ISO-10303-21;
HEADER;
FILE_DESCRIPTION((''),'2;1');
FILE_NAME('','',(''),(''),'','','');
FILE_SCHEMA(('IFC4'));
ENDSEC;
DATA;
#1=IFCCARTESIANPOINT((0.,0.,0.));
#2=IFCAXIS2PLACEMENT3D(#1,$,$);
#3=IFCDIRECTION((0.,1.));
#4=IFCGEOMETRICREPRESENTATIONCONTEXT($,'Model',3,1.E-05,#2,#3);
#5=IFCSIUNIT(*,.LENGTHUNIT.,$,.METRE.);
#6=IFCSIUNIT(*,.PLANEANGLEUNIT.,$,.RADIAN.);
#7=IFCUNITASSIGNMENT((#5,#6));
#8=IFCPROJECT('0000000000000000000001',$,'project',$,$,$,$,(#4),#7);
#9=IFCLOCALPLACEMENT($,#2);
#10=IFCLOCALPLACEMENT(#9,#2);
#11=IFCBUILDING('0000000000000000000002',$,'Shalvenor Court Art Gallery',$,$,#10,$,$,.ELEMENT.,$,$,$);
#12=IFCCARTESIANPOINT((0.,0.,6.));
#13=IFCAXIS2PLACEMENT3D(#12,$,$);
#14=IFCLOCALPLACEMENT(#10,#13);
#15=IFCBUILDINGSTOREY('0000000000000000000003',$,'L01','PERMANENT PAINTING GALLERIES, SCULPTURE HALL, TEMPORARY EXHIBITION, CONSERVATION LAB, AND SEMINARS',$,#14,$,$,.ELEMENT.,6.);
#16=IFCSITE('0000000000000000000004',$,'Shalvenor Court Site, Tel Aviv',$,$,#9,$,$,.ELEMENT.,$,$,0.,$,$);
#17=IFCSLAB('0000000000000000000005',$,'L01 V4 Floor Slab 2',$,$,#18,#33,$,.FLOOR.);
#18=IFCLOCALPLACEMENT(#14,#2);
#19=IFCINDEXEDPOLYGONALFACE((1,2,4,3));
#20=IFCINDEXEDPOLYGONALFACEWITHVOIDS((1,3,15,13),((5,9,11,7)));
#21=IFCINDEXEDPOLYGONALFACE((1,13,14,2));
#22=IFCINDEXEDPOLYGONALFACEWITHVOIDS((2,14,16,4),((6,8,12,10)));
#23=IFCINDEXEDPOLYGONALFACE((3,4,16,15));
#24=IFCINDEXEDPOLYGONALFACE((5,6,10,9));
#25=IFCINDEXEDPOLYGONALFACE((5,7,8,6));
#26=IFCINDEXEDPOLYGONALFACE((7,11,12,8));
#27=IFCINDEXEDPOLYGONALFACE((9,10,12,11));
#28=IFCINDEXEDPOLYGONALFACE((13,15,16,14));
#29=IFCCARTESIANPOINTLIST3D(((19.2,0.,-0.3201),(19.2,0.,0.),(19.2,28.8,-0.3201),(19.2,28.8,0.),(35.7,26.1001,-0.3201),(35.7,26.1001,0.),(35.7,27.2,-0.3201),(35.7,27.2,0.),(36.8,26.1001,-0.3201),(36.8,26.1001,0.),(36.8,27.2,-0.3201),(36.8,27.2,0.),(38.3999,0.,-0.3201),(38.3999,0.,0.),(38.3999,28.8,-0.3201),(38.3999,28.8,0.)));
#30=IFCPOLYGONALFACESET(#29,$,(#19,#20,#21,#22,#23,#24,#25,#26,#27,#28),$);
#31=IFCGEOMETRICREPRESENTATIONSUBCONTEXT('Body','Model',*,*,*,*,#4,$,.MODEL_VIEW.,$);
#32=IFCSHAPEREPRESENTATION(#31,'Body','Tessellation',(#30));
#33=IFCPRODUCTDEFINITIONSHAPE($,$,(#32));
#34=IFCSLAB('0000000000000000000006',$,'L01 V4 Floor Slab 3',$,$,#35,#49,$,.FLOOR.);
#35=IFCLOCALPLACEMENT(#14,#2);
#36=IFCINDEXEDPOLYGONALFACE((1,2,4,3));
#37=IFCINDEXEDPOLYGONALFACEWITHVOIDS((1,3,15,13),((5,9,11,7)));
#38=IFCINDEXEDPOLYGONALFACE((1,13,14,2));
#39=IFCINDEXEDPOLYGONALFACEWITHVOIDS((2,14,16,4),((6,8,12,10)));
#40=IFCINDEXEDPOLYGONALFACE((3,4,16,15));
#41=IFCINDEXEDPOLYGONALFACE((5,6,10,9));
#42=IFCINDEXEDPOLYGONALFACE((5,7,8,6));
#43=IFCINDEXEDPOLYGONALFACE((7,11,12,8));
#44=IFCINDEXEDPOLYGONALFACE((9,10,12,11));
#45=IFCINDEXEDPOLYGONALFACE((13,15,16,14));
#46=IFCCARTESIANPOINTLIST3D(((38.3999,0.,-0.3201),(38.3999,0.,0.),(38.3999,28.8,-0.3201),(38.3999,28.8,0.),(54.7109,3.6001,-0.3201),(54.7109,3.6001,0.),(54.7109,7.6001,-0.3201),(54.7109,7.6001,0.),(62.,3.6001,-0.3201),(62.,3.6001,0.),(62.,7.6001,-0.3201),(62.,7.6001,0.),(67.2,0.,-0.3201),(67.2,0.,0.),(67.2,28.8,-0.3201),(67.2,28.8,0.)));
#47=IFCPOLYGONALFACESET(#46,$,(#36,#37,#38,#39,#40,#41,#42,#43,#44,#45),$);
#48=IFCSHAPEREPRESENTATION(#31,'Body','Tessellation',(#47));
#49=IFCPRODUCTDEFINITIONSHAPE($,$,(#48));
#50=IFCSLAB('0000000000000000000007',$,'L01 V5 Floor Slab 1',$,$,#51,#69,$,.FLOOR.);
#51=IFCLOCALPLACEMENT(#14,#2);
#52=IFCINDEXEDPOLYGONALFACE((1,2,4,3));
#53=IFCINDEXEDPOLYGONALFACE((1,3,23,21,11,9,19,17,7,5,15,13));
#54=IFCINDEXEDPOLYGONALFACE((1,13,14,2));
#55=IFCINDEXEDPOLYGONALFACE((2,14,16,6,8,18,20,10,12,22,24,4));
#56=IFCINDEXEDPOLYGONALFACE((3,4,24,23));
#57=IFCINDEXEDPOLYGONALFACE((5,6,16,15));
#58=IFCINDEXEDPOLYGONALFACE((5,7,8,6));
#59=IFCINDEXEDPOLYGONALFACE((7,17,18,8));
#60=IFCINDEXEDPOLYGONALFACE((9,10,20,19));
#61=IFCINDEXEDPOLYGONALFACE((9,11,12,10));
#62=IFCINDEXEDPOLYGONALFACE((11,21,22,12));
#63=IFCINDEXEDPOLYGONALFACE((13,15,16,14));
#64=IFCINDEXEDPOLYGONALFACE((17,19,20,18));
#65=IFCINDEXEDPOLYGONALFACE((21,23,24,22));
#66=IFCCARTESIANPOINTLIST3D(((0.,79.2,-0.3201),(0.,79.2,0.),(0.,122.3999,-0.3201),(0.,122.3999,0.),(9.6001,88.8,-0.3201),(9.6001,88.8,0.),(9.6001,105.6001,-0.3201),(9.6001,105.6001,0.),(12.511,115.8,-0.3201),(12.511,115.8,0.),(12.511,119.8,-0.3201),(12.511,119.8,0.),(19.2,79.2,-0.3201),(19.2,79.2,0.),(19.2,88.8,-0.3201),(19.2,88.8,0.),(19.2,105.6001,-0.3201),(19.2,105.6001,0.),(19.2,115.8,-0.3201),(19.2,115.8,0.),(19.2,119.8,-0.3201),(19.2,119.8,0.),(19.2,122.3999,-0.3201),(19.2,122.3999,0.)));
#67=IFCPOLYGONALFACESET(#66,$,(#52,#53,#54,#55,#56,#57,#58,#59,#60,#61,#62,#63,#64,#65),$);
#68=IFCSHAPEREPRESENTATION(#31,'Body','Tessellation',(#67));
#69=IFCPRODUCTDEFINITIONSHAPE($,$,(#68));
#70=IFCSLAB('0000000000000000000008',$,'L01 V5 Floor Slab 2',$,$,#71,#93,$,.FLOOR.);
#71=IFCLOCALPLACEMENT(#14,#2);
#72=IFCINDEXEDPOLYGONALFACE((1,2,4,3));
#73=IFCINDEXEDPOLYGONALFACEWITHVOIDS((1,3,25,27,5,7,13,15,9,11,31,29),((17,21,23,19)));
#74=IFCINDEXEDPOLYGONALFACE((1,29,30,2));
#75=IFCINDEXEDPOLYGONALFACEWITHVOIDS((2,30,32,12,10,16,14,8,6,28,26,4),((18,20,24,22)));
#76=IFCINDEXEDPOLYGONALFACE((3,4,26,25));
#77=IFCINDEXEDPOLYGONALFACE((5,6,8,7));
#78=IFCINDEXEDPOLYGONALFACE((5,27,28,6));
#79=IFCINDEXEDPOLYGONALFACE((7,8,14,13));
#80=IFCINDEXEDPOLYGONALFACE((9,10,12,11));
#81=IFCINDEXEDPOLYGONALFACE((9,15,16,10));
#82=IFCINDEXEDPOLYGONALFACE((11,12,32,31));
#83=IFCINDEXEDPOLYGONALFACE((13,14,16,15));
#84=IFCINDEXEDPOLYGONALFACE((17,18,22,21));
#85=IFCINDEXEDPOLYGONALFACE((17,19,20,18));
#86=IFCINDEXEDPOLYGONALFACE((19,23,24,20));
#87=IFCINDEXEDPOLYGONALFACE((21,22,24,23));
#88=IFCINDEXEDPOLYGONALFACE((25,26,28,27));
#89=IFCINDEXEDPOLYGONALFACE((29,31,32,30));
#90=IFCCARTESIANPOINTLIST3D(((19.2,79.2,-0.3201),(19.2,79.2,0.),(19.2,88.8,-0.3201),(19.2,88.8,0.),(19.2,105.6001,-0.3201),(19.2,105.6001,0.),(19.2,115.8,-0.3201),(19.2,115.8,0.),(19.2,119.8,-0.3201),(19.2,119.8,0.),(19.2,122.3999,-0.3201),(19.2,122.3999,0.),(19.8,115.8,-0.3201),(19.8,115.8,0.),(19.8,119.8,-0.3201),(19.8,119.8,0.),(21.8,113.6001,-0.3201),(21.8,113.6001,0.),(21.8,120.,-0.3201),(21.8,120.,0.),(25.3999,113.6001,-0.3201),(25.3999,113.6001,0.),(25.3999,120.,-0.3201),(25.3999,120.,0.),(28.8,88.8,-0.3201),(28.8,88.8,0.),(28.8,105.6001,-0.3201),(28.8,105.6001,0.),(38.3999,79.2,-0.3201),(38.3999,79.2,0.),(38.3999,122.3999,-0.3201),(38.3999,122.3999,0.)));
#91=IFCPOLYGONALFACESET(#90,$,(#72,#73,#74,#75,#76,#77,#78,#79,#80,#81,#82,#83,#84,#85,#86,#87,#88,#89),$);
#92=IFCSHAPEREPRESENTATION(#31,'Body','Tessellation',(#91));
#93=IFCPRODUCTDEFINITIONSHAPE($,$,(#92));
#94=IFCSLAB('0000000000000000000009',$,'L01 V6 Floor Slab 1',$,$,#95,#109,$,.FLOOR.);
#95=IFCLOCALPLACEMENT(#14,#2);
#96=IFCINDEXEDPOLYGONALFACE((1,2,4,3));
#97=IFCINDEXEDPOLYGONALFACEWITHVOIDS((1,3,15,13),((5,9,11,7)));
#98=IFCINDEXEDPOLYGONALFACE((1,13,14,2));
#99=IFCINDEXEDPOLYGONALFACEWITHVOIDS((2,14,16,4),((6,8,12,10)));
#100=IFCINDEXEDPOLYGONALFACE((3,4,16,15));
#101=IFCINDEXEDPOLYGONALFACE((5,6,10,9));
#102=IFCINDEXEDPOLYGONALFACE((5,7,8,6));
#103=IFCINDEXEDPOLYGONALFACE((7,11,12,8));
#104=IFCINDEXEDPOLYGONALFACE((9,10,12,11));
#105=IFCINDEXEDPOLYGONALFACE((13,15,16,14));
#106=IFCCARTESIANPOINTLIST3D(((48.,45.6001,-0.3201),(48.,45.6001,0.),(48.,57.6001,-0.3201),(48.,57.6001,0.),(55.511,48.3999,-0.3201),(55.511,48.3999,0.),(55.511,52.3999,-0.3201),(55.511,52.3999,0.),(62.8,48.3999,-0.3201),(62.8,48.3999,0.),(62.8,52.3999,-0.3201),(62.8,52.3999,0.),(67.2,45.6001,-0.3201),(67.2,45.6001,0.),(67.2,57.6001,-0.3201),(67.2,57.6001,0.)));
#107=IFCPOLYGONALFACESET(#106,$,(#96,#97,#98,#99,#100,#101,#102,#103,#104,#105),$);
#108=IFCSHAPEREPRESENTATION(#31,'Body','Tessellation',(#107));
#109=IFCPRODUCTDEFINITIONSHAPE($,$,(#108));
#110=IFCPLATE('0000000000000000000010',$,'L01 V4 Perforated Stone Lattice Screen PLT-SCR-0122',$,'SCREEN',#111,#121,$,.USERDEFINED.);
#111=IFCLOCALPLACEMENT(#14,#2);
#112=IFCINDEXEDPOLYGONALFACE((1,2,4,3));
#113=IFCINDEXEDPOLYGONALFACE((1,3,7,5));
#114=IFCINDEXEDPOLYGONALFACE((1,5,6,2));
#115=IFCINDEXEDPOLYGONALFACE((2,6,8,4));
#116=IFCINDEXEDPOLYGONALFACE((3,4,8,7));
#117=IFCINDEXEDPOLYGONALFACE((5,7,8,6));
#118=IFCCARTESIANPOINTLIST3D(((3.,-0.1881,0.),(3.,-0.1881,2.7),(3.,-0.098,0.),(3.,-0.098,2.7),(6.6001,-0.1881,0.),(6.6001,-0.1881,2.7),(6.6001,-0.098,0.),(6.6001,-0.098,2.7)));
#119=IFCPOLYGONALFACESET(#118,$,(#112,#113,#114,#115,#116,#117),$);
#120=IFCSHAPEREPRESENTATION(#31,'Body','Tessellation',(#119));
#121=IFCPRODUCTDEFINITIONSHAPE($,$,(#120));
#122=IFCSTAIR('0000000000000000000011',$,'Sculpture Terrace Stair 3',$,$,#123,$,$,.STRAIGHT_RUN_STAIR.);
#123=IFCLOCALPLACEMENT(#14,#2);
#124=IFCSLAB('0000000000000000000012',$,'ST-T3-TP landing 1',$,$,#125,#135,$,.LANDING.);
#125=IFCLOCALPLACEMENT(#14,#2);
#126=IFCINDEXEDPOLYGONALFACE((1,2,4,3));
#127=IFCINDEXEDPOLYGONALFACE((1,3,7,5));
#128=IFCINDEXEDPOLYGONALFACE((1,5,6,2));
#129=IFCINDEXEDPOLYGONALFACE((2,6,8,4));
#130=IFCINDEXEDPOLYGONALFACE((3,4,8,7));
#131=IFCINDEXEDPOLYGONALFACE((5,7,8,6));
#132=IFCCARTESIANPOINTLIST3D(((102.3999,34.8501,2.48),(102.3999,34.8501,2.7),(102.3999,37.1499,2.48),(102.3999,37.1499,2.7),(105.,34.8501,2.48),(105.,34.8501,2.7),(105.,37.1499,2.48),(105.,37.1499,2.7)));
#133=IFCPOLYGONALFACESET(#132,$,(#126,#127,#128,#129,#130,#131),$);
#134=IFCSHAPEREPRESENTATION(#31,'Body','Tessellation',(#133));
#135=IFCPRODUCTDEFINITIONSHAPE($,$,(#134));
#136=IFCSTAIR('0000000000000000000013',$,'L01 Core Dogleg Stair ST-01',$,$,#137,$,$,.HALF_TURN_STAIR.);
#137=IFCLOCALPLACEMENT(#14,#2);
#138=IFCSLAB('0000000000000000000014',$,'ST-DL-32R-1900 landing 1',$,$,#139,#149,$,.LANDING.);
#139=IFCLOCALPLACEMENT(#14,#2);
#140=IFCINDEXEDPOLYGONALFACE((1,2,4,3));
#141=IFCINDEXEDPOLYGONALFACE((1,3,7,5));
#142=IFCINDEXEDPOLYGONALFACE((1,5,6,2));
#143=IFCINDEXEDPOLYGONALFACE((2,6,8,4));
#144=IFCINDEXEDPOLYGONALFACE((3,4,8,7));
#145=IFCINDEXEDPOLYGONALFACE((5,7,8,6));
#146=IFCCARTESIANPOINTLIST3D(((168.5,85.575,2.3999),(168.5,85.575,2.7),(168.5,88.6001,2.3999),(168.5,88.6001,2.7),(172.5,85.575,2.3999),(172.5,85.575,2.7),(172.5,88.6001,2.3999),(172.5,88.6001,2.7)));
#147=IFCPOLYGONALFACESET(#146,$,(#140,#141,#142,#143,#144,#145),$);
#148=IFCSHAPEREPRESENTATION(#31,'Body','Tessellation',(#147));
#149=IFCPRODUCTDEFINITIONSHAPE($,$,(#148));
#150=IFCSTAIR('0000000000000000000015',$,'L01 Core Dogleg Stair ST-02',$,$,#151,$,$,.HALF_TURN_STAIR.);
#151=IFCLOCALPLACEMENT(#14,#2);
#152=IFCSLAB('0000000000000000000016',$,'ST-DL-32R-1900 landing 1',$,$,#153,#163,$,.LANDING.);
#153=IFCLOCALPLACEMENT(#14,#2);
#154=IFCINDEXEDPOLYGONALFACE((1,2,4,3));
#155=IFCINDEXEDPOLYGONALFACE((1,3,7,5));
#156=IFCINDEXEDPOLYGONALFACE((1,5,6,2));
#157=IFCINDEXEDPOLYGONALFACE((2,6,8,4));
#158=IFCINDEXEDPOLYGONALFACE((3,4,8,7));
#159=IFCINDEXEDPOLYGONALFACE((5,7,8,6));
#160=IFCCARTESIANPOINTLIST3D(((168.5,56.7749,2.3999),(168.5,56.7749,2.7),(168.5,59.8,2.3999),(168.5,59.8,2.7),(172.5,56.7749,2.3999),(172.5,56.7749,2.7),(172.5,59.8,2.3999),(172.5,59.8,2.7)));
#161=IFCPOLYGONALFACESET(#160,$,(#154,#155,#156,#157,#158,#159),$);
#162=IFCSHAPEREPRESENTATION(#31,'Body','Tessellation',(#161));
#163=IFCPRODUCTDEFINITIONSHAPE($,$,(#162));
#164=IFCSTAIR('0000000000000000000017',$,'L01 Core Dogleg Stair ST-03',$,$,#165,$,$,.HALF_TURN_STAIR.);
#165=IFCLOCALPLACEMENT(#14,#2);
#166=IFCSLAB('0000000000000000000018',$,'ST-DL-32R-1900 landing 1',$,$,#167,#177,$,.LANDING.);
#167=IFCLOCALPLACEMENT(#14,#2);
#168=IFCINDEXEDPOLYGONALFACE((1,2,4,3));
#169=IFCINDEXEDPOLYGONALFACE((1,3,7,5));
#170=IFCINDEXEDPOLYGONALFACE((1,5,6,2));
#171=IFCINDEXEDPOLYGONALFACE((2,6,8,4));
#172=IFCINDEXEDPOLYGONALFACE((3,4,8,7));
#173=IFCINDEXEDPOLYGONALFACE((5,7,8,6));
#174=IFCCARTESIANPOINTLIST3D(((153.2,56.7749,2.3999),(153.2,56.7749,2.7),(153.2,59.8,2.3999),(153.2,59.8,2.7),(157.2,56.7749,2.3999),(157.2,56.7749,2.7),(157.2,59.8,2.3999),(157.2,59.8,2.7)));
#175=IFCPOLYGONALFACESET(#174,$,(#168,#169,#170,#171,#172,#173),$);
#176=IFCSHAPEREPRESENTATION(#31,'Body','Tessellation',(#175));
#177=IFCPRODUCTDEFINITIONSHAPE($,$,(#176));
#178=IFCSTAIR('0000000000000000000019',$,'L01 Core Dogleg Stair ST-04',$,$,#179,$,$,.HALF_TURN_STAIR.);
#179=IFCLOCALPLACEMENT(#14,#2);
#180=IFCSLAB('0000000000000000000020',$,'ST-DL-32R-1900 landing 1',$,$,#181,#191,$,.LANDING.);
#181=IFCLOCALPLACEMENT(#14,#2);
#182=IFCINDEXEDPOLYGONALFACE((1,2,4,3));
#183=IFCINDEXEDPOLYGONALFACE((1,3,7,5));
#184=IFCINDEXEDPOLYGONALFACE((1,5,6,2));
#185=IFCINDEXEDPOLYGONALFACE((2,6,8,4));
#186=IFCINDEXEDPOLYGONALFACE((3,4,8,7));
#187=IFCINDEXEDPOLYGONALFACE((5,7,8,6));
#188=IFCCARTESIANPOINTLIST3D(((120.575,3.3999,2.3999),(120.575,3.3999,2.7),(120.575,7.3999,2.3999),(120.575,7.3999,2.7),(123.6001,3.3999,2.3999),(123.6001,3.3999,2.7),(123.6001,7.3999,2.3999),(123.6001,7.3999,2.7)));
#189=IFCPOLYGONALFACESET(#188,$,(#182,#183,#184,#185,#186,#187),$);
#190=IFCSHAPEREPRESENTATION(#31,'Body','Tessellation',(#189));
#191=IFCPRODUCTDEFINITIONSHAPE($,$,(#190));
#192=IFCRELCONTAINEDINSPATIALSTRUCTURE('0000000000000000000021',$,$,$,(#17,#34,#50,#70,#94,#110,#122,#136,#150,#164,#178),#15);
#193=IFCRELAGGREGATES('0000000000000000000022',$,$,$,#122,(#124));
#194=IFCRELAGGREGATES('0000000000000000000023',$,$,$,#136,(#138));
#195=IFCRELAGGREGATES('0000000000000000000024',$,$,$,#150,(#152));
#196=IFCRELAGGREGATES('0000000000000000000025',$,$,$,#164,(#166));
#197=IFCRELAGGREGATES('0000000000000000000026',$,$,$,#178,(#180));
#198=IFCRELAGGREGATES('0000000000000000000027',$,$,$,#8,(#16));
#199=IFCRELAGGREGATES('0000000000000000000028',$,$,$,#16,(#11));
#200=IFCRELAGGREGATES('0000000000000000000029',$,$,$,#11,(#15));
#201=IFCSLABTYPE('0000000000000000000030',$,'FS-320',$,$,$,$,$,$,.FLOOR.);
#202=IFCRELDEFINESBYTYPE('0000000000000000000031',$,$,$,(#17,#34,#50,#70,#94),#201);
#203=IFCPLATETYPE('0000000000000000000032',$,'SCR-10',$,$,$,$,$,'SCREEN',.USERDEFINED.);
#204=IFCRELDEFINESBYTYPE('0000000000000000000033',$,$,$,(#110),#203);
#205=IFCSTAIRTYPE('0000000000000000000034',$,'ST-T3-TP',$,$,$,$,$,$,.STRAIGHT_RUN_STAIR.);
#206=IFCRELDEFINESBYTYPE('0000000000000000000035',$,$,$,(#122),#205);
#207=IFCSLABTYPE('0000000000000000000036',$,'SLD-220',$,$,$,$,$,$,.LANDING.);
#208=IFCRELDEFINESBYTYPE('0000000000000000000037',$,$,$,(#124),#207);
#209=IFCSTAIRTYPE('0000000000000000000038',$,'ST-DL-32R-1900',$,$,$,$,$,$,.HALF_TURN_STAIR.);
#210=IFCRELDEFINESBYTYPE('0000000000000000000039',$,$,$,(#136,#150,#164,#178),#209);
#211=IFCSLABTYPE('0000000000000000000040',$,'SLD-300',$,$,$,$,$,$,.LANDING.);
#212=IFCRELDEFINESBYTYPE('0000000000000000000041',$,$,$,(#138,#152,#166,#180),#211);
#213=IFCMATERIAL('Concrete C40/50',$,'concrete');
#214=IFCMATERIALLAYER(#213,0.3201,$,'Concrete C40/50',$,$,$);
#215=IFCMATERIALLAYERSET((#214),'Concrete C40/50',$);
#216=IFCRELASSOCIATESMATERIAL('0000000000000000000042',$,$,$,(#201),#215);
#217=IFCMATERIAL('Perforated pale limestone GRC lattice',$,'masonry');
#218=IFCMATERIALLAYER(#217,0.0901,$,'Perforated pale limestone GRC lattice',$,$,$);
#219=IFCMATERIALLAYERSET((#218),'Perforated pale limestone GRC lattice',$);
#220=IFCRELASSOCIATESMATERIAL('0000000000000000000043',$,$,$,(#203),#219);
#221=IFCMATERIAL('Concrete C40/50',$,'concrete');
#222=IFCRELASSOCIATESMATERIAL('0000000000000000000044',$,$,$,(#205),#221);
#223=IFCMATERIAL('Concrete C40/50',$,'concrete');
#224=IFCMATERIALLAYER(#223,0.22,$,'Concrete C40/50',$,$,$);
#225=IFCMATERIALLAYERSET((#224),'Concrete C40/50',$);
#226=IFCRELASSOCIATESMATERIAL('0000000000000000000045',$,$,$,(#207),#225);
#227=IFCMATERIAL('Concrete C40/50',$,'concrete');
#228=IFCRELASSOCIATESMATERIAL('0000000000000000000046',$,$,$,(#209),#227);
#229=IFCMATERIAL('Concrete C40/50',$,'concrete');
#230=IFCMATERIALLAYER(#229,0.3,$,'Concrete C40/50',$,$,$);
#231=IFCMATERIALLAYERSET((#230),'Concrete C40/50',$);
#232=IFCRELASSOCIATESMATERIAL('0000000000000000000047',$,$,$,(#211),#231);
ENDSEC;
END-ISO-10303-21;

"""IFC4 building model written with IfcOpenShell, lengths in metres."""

from ifc_helpers import new_model, si_unit, direction, frame, origin, origin_2d, place, context, subcontext, project, spatial, polyline, rectangle, outline, extrude, material, layer, layer_set, type_object, element, aggregate, save


model = new_model("IFC4")

# Units and contexts
model_context = context("Model", 3, precision=1e-05, world=origin(), true_north=direction((0.0, 1.0)))
body_context = subcontext(model_context, "Body", "Model", "MODEL_VIEW")
ifc_project = project(units=[si_unit("LENGTHUNIT", "METRE"), si_unit("PLANEANGLEUNIT", "RADIAN")], contexts=[model_context])

# Site, building, storey
site_placement = place(None, origin())
site = spatial("IfcSite", under=ifc_project, at=site_placement, Name="Shalvenor Court Site, Tel Aviv", CompositionType="ELEMENT", RefElevation=0.0)
building_placement = place(site_placement, origin())
building = spatial("IfcBuilding", under=site, at=building_placement, Name="Shalvenor Court Art Gallery", CompositionType="ELEMENT")
storey_placement = place(building_placement, frame((0.0, 0.0, 6.0)))
storey = spatial("IfcBuildingStorey", under=building, at=storey_placement, Name="L01", Description="PERMANENT PAINTING GALLERIES, SCULPTURE HALL, TEMPORARY EXHIBITION, CONSERVATION LAB, AND SEMINARS", CompositionType="ELEMENT", Elevation=6.0)

# Slabs
ifc_material_1 = material(Name="Concrete C40/50", Category="concrete")
ifc_layer_1 = layer(ifc_material_1, 0.3201, Name="Concrete C40/50")
ifc_layer_set_1 = layer_set([ifc_layer_1], Name="Concrete C40/50")
slab_type_1 = type_object("IfcSlabType", Name="FS-320", PredefinedType="FLOOR", material=ifc_layer_set_1)
slab_1_placement = place(storey_placement, frame((0.0, 0.0, -0.3201)))
element("IfcSlab", 1, at=slab_1_placement, inside=storey, type_object=slab_type_1, Name="L01 V4 Floor Slab 2", PredefinedType="FLOOR", context=body_context, shape_type="SweptSolid", body=[
    extrude(outline(polyline([(38.3999, 28.8), (38.3999, 0.0), (19.2, 0.0), (19.2, 28.8), (38.3999, 28.8)]), holes=[polyline([(35.7, 26.1001), (36.8, 26.1001), (36.8, 27.2), (35.7, 27.2), (35.7, 26.1001)])]), origin(), (0.0, 0.0, 1.0), 0.3201),
])
slab_2_placement = place(storey_placement, frame((0.0, 0.0, -0.3201)))
element("IfcSlab", 2, at=slab_2_placement, inside=storey, type_object=slab_type_1, Name="L01 V4 Floor Slab 3", PredefinedType="FLOOR", context=body_context, shape_type="SweptSolid", body=[
    extrude(outline(polyline([(67.2, 28.8), (67.2, 0.0), (38.3999, 0.0), (38.3999, 28.8), (67.2, 28.8)]), holes=[polyline([(54.7109, 7.6001), (54.7109, 3.6001), (62.0, 3.6001), (62.0, 7.6001), (54.7109, 7.6001)])]), origin(), (0.0, 0.0, 1.0), 0.3201),
])
slab_3_placement = place(storey_placement, frame((0.0, 0.0, -0.3201)))
element("IfcSlab", 3, at=slab_3_placement, inside=storey, type_object=slab_type_1, Name="L01 V5 Floor Slab 1", PredefinedType="FLOOR", context=body_context, shape_type="SweptSolid", body=[
    extrude(outline(polyline([(0.0, 79.2), (0.0, 122.3999), (19.2, 122.3999), (19.2, 119.8), (12.511, 119.8), (12.511, 115.8), (19.2, 115.8), (19.2, 105.6001), (9.6001, 105.6001), (9.6001, 88.8), (19.2, 88.8), (19.2, 79.2), (0.0, 79.2)])), origin(), (0.0, 0.0, 1.0), 0.3201),
])
slab_4_placement = place(storey_placement, frame((0.0, 0.0, -0.3201)))
element("IfcSlab", 4, at=slab_4_placement, inside=storey, type_object=slab_type_1, Name="L01 V5 Floor Slab 2", PredefinedType="FLOOR", context=body_context, shape_type="SweptSolid", body=[
    extrude(outline(polyline([(38.3999, 79.2), (19.2, 79.2), (19.2, 88.8), (28.8, 88.8), (28.8, 105.6001), (19.2, 105.6001), (19.2, 115.8), (19.8, 115.8), (19.8, 119.8), (19.2, 119.8), (19.2, 122.3999), (38.3999, 122.3999), (38.3999, 79.2)]), holes=[polyline([(21.8, 120.0), (21.8, 113.6001), (25.3999, 113.6001), (25.3999, 120.0), (21.8, 120.0)])]), origin(), (0.0, 0.0, 1.0), 0.3201),
])
slab_5_placement = place(storey_placement, frame((0.0, 0.0, -0.3201)))
element("IfcSlab", 5, at=slab_5_placement, inside=storey, type_object=slab_type_1, Name="L01 V6 Floor Slab 1", PredefinedType="FLOOR", context=body_context, shape_type="SweptSolid", body=[
    extrude(outline(polyline([(48.0, 57.6001), (67.2, 57.6001), (67.2, 45.6001), (48.0, 45.6001), (48.0, 57.6001)]), holes=[polyline([(55.511, 52.3999), (55.511, 48.3999), (62.8, 48.3999), (62.8, 52.3999), (55.511, 52.3999)])]), origin(), (0.0, 0.0, 1.0), 0.3201),
])

# Plate
ifc_material_2 = material(Name="Perforated pale limestone GRC lattice", Category="masonry")
ifc_layer_2 = layer(ifc_material_2, 0.0901, Name="Perforated pale limestone GRC lattice")
ifc_layer_set_2 = layer_set([ifc_layer_2], Name="Perforated pale limestone GRC lattice")
plate_type = type_object("IfcPlateType", Name="SCR-10", ElementType="SCREEN", PredefinedType="USERDEFINED", material=ifc_layer_set_2)
plate_placement = place(storey_placement, frame((4.8, -0.1431, 0.0), z_axis=(0.0, 0.0, 1.0), x_axis=(-1.0, 0.0, 0.0)))
element("IfcPlate", 6, at=plate_placement, inside=storey, type_object=plate_type, Name="L01 V4 Perforated Stone Lattice Screen PLT-SCR-0122", ObjectType="SCREEN", PredefinedType="USERDEFINED", context=body_context, shape_type="SweptSolid", body=[
    extrude(rectangle(XDim=3.6001, YDim=0.0901, at=origin_2d()), origin(), (0.0, 0.0, 1.0), 2.7),
])

# Stairs, slabs
ifc_material_3 = material(Name="Concrete C40/50", Category="concrete")
stair_type_1 = type_object("IfcStairType", Name="ST-T3-TP", PredefinedType="STRAIGHT_RUN_STAIR", material=ifc_material_3)
stair_1_placement = place(storey_placement, origin())
stair_1 = element("IfcStair", 7, at=stair_1_placement, inside=storey, type_object=stair_type_1, Name="Sculpture Terrace Stair 3", PredefinedType="STRAIGHT_RUN_STAIR")
ifc_material_4 = material(Name="Concrete C40/50", Category="concrete")
ifc_layer_3 = layer(ifc_material_4, 0.22, Name="Concrete C40/50")
ifc_layer_set_3 = layer_set([ifc_layer_3], Name="Concrete C40/50")
slab_type_2 = type_object("IfcSlabType", Name="SLD-220", PredefinedType="LANDING", material=ifc_layer_set_3)
slab_6_placement = place(storey_placement, frame((0.0, 0.0, 2.48)))
slab_6 = element("IfcSlab", 8, at=slab_6_placement, type_object=slab_type_2, Name="ST-T3-TP landing 1", PredefinedType="LANDING", context=body_context, shape_type="SweptSolid", body=[
    extrude(outline(polyline([(102.3999, 34.8501), (105.0, 34.8501), (105.0, 37.1499), (102.3999, 37.1499), (102.3999, 34.8501)])), origin(), (0.0, 0.0, 1.0), 0.22),
])
aggregate(stair_1, [slab_6])
ifc_material_5 = material(Name="Concrete C40/50", Category="concrete")
stair_type_2 = type_object("IfcStairType", Name="ST-DL-32R-1900", PredefinedType="HALF_TURN_STAIR", material=ifc_material_5)
stair_2_placement = place(storey_placement, origin())
stair_2 = element("IfcStair", 9, at=stair_2_placement, inside=storey, type_object=stair_type_2, Name="L01 Core Dogleg Stair ST-01", PredefinedType="HALF_TURN_STAIR")
ifc_material_6 = material(Name="Concrete C40/50", Category="concrete")
ifc_layer_4 = layer(ifc_material_6, 0.3, Name="Concrete C40/50")
ifc_layer_set_4 = layer_set([ifc_layer_4], Name="Concrete C40/50")
slab_type_3 = type_object("IfcSlabType", Name="SLD-300", PredefinedType="LANDING", material=ifc_layer_set_4)
slab_7_placement = place(storey_placement, frame((0.0, 0.0, 2.3999)))
slab_7 = element("IfcSlab", 10, at=slab_7_placement, type_object=slab_type_3, Name="ST-DL-32R-1900 landing 1", PredefinedType="LANDING", context=body_context, shape_type="SweptSolid", body=[
    extrude(outline(polyline([(172.5, 85.575), (172.5, 88.6001), (168.5, 88.6001), (168.5, 85.575), (172.5, 85.575)])), origin(), (0.0, 0.0, 1.0), 0.3),
])
aggregate(stair_2, [slab_7])
stair_3_placement = place(storey_placement, origin())
stair_3 = element("IfcStair", 11, at=stair_3_placement, inside=storey, type_object=stair_type_2, Name="L01 Core Dogleg Stair ST-02", PredefinedType="HALF_TURN_STAIR")
slab_8_placement = place(storey_placement, frame((0.0, 0.0, 2.3999)))
slab_8 = element("IfcSlab", 12, at=slab_8_placement, type_object=slab_type_3, Name="ST-DL-32R-1900 landing 1", PredefinedType="LANDING", context=body_context, shape_type="SweptSolid", body=[
    extrude(outline(polyline([(172.5, 56.7749), (172.5, 59.8), (168.5, 59.8), (168.5, 56.7749), (172.5, 56.7749)])), origin(), (0.0, 0.0, 1.0), 0.3),
])
aggregate(stair_3, [slab_8])
stair_4_placement = place(storey_placement, origin())
stair_4 = element("IfcStair", 13, at=stair_4_placement, inside=storey, type_object=stair_type_2, Name="L01 Core Dogleg Stair ST-03", PredefinedType="HALF_TURN_STAIR")
slab_9_placement = place(storey_placement, frame((0.0, 0.0, 2.3999)))
slab_9 = element("IfcSlab", 14, at=slab_9_placement, type_object=slab_type_3, Name="ST-DL-32R-1900 landing 1", PredefinedType="LANDING", context=body_context, shape_type="SweptSolid", body=[
    extrude(outline(polyline([(157.2, 56.7749), (157.2, 59.8), (153.2, 59.8), (153.2, 56.7749), (157.2, 56.7749)])), origin(), (0.0, 0.0, 1.0), 0.3),
])
aggregate(stair_4, [slab_9])
stair_5_placement = place(storey_placement, origin())
stair_5 = element("IfcStair", 15, at=stair_5_placement, inside=storey, type_object=stair_type_2, Name="L01 Core Dogleg Stair ST-04", PredefinedType="HALF_TURN_STAIR")
slab_10_placement = place(storey_placement, frame((0.0, 0.0, 2.3999)))
slab_10 = element("IfcSlab", 16, at=slab_10_placement, type_object=slab_type_3, Name="ST-DL-32R-1900 landing 1", PredefinedType="LANDING", context=body_context, shape_type="SweptSolid", body=[
    extrude(outline(polyline([(120.575, 3.3999), (123.6001, 3.3999), (123.6001, 7.3999), (120.575, 7.3999), (120.575, 3.3999)])), origin(), (0.0, 0.0, 1.0), 0.3),
])
aggregate(stair_5, [slab_10])

save(model, "model.ifc")
